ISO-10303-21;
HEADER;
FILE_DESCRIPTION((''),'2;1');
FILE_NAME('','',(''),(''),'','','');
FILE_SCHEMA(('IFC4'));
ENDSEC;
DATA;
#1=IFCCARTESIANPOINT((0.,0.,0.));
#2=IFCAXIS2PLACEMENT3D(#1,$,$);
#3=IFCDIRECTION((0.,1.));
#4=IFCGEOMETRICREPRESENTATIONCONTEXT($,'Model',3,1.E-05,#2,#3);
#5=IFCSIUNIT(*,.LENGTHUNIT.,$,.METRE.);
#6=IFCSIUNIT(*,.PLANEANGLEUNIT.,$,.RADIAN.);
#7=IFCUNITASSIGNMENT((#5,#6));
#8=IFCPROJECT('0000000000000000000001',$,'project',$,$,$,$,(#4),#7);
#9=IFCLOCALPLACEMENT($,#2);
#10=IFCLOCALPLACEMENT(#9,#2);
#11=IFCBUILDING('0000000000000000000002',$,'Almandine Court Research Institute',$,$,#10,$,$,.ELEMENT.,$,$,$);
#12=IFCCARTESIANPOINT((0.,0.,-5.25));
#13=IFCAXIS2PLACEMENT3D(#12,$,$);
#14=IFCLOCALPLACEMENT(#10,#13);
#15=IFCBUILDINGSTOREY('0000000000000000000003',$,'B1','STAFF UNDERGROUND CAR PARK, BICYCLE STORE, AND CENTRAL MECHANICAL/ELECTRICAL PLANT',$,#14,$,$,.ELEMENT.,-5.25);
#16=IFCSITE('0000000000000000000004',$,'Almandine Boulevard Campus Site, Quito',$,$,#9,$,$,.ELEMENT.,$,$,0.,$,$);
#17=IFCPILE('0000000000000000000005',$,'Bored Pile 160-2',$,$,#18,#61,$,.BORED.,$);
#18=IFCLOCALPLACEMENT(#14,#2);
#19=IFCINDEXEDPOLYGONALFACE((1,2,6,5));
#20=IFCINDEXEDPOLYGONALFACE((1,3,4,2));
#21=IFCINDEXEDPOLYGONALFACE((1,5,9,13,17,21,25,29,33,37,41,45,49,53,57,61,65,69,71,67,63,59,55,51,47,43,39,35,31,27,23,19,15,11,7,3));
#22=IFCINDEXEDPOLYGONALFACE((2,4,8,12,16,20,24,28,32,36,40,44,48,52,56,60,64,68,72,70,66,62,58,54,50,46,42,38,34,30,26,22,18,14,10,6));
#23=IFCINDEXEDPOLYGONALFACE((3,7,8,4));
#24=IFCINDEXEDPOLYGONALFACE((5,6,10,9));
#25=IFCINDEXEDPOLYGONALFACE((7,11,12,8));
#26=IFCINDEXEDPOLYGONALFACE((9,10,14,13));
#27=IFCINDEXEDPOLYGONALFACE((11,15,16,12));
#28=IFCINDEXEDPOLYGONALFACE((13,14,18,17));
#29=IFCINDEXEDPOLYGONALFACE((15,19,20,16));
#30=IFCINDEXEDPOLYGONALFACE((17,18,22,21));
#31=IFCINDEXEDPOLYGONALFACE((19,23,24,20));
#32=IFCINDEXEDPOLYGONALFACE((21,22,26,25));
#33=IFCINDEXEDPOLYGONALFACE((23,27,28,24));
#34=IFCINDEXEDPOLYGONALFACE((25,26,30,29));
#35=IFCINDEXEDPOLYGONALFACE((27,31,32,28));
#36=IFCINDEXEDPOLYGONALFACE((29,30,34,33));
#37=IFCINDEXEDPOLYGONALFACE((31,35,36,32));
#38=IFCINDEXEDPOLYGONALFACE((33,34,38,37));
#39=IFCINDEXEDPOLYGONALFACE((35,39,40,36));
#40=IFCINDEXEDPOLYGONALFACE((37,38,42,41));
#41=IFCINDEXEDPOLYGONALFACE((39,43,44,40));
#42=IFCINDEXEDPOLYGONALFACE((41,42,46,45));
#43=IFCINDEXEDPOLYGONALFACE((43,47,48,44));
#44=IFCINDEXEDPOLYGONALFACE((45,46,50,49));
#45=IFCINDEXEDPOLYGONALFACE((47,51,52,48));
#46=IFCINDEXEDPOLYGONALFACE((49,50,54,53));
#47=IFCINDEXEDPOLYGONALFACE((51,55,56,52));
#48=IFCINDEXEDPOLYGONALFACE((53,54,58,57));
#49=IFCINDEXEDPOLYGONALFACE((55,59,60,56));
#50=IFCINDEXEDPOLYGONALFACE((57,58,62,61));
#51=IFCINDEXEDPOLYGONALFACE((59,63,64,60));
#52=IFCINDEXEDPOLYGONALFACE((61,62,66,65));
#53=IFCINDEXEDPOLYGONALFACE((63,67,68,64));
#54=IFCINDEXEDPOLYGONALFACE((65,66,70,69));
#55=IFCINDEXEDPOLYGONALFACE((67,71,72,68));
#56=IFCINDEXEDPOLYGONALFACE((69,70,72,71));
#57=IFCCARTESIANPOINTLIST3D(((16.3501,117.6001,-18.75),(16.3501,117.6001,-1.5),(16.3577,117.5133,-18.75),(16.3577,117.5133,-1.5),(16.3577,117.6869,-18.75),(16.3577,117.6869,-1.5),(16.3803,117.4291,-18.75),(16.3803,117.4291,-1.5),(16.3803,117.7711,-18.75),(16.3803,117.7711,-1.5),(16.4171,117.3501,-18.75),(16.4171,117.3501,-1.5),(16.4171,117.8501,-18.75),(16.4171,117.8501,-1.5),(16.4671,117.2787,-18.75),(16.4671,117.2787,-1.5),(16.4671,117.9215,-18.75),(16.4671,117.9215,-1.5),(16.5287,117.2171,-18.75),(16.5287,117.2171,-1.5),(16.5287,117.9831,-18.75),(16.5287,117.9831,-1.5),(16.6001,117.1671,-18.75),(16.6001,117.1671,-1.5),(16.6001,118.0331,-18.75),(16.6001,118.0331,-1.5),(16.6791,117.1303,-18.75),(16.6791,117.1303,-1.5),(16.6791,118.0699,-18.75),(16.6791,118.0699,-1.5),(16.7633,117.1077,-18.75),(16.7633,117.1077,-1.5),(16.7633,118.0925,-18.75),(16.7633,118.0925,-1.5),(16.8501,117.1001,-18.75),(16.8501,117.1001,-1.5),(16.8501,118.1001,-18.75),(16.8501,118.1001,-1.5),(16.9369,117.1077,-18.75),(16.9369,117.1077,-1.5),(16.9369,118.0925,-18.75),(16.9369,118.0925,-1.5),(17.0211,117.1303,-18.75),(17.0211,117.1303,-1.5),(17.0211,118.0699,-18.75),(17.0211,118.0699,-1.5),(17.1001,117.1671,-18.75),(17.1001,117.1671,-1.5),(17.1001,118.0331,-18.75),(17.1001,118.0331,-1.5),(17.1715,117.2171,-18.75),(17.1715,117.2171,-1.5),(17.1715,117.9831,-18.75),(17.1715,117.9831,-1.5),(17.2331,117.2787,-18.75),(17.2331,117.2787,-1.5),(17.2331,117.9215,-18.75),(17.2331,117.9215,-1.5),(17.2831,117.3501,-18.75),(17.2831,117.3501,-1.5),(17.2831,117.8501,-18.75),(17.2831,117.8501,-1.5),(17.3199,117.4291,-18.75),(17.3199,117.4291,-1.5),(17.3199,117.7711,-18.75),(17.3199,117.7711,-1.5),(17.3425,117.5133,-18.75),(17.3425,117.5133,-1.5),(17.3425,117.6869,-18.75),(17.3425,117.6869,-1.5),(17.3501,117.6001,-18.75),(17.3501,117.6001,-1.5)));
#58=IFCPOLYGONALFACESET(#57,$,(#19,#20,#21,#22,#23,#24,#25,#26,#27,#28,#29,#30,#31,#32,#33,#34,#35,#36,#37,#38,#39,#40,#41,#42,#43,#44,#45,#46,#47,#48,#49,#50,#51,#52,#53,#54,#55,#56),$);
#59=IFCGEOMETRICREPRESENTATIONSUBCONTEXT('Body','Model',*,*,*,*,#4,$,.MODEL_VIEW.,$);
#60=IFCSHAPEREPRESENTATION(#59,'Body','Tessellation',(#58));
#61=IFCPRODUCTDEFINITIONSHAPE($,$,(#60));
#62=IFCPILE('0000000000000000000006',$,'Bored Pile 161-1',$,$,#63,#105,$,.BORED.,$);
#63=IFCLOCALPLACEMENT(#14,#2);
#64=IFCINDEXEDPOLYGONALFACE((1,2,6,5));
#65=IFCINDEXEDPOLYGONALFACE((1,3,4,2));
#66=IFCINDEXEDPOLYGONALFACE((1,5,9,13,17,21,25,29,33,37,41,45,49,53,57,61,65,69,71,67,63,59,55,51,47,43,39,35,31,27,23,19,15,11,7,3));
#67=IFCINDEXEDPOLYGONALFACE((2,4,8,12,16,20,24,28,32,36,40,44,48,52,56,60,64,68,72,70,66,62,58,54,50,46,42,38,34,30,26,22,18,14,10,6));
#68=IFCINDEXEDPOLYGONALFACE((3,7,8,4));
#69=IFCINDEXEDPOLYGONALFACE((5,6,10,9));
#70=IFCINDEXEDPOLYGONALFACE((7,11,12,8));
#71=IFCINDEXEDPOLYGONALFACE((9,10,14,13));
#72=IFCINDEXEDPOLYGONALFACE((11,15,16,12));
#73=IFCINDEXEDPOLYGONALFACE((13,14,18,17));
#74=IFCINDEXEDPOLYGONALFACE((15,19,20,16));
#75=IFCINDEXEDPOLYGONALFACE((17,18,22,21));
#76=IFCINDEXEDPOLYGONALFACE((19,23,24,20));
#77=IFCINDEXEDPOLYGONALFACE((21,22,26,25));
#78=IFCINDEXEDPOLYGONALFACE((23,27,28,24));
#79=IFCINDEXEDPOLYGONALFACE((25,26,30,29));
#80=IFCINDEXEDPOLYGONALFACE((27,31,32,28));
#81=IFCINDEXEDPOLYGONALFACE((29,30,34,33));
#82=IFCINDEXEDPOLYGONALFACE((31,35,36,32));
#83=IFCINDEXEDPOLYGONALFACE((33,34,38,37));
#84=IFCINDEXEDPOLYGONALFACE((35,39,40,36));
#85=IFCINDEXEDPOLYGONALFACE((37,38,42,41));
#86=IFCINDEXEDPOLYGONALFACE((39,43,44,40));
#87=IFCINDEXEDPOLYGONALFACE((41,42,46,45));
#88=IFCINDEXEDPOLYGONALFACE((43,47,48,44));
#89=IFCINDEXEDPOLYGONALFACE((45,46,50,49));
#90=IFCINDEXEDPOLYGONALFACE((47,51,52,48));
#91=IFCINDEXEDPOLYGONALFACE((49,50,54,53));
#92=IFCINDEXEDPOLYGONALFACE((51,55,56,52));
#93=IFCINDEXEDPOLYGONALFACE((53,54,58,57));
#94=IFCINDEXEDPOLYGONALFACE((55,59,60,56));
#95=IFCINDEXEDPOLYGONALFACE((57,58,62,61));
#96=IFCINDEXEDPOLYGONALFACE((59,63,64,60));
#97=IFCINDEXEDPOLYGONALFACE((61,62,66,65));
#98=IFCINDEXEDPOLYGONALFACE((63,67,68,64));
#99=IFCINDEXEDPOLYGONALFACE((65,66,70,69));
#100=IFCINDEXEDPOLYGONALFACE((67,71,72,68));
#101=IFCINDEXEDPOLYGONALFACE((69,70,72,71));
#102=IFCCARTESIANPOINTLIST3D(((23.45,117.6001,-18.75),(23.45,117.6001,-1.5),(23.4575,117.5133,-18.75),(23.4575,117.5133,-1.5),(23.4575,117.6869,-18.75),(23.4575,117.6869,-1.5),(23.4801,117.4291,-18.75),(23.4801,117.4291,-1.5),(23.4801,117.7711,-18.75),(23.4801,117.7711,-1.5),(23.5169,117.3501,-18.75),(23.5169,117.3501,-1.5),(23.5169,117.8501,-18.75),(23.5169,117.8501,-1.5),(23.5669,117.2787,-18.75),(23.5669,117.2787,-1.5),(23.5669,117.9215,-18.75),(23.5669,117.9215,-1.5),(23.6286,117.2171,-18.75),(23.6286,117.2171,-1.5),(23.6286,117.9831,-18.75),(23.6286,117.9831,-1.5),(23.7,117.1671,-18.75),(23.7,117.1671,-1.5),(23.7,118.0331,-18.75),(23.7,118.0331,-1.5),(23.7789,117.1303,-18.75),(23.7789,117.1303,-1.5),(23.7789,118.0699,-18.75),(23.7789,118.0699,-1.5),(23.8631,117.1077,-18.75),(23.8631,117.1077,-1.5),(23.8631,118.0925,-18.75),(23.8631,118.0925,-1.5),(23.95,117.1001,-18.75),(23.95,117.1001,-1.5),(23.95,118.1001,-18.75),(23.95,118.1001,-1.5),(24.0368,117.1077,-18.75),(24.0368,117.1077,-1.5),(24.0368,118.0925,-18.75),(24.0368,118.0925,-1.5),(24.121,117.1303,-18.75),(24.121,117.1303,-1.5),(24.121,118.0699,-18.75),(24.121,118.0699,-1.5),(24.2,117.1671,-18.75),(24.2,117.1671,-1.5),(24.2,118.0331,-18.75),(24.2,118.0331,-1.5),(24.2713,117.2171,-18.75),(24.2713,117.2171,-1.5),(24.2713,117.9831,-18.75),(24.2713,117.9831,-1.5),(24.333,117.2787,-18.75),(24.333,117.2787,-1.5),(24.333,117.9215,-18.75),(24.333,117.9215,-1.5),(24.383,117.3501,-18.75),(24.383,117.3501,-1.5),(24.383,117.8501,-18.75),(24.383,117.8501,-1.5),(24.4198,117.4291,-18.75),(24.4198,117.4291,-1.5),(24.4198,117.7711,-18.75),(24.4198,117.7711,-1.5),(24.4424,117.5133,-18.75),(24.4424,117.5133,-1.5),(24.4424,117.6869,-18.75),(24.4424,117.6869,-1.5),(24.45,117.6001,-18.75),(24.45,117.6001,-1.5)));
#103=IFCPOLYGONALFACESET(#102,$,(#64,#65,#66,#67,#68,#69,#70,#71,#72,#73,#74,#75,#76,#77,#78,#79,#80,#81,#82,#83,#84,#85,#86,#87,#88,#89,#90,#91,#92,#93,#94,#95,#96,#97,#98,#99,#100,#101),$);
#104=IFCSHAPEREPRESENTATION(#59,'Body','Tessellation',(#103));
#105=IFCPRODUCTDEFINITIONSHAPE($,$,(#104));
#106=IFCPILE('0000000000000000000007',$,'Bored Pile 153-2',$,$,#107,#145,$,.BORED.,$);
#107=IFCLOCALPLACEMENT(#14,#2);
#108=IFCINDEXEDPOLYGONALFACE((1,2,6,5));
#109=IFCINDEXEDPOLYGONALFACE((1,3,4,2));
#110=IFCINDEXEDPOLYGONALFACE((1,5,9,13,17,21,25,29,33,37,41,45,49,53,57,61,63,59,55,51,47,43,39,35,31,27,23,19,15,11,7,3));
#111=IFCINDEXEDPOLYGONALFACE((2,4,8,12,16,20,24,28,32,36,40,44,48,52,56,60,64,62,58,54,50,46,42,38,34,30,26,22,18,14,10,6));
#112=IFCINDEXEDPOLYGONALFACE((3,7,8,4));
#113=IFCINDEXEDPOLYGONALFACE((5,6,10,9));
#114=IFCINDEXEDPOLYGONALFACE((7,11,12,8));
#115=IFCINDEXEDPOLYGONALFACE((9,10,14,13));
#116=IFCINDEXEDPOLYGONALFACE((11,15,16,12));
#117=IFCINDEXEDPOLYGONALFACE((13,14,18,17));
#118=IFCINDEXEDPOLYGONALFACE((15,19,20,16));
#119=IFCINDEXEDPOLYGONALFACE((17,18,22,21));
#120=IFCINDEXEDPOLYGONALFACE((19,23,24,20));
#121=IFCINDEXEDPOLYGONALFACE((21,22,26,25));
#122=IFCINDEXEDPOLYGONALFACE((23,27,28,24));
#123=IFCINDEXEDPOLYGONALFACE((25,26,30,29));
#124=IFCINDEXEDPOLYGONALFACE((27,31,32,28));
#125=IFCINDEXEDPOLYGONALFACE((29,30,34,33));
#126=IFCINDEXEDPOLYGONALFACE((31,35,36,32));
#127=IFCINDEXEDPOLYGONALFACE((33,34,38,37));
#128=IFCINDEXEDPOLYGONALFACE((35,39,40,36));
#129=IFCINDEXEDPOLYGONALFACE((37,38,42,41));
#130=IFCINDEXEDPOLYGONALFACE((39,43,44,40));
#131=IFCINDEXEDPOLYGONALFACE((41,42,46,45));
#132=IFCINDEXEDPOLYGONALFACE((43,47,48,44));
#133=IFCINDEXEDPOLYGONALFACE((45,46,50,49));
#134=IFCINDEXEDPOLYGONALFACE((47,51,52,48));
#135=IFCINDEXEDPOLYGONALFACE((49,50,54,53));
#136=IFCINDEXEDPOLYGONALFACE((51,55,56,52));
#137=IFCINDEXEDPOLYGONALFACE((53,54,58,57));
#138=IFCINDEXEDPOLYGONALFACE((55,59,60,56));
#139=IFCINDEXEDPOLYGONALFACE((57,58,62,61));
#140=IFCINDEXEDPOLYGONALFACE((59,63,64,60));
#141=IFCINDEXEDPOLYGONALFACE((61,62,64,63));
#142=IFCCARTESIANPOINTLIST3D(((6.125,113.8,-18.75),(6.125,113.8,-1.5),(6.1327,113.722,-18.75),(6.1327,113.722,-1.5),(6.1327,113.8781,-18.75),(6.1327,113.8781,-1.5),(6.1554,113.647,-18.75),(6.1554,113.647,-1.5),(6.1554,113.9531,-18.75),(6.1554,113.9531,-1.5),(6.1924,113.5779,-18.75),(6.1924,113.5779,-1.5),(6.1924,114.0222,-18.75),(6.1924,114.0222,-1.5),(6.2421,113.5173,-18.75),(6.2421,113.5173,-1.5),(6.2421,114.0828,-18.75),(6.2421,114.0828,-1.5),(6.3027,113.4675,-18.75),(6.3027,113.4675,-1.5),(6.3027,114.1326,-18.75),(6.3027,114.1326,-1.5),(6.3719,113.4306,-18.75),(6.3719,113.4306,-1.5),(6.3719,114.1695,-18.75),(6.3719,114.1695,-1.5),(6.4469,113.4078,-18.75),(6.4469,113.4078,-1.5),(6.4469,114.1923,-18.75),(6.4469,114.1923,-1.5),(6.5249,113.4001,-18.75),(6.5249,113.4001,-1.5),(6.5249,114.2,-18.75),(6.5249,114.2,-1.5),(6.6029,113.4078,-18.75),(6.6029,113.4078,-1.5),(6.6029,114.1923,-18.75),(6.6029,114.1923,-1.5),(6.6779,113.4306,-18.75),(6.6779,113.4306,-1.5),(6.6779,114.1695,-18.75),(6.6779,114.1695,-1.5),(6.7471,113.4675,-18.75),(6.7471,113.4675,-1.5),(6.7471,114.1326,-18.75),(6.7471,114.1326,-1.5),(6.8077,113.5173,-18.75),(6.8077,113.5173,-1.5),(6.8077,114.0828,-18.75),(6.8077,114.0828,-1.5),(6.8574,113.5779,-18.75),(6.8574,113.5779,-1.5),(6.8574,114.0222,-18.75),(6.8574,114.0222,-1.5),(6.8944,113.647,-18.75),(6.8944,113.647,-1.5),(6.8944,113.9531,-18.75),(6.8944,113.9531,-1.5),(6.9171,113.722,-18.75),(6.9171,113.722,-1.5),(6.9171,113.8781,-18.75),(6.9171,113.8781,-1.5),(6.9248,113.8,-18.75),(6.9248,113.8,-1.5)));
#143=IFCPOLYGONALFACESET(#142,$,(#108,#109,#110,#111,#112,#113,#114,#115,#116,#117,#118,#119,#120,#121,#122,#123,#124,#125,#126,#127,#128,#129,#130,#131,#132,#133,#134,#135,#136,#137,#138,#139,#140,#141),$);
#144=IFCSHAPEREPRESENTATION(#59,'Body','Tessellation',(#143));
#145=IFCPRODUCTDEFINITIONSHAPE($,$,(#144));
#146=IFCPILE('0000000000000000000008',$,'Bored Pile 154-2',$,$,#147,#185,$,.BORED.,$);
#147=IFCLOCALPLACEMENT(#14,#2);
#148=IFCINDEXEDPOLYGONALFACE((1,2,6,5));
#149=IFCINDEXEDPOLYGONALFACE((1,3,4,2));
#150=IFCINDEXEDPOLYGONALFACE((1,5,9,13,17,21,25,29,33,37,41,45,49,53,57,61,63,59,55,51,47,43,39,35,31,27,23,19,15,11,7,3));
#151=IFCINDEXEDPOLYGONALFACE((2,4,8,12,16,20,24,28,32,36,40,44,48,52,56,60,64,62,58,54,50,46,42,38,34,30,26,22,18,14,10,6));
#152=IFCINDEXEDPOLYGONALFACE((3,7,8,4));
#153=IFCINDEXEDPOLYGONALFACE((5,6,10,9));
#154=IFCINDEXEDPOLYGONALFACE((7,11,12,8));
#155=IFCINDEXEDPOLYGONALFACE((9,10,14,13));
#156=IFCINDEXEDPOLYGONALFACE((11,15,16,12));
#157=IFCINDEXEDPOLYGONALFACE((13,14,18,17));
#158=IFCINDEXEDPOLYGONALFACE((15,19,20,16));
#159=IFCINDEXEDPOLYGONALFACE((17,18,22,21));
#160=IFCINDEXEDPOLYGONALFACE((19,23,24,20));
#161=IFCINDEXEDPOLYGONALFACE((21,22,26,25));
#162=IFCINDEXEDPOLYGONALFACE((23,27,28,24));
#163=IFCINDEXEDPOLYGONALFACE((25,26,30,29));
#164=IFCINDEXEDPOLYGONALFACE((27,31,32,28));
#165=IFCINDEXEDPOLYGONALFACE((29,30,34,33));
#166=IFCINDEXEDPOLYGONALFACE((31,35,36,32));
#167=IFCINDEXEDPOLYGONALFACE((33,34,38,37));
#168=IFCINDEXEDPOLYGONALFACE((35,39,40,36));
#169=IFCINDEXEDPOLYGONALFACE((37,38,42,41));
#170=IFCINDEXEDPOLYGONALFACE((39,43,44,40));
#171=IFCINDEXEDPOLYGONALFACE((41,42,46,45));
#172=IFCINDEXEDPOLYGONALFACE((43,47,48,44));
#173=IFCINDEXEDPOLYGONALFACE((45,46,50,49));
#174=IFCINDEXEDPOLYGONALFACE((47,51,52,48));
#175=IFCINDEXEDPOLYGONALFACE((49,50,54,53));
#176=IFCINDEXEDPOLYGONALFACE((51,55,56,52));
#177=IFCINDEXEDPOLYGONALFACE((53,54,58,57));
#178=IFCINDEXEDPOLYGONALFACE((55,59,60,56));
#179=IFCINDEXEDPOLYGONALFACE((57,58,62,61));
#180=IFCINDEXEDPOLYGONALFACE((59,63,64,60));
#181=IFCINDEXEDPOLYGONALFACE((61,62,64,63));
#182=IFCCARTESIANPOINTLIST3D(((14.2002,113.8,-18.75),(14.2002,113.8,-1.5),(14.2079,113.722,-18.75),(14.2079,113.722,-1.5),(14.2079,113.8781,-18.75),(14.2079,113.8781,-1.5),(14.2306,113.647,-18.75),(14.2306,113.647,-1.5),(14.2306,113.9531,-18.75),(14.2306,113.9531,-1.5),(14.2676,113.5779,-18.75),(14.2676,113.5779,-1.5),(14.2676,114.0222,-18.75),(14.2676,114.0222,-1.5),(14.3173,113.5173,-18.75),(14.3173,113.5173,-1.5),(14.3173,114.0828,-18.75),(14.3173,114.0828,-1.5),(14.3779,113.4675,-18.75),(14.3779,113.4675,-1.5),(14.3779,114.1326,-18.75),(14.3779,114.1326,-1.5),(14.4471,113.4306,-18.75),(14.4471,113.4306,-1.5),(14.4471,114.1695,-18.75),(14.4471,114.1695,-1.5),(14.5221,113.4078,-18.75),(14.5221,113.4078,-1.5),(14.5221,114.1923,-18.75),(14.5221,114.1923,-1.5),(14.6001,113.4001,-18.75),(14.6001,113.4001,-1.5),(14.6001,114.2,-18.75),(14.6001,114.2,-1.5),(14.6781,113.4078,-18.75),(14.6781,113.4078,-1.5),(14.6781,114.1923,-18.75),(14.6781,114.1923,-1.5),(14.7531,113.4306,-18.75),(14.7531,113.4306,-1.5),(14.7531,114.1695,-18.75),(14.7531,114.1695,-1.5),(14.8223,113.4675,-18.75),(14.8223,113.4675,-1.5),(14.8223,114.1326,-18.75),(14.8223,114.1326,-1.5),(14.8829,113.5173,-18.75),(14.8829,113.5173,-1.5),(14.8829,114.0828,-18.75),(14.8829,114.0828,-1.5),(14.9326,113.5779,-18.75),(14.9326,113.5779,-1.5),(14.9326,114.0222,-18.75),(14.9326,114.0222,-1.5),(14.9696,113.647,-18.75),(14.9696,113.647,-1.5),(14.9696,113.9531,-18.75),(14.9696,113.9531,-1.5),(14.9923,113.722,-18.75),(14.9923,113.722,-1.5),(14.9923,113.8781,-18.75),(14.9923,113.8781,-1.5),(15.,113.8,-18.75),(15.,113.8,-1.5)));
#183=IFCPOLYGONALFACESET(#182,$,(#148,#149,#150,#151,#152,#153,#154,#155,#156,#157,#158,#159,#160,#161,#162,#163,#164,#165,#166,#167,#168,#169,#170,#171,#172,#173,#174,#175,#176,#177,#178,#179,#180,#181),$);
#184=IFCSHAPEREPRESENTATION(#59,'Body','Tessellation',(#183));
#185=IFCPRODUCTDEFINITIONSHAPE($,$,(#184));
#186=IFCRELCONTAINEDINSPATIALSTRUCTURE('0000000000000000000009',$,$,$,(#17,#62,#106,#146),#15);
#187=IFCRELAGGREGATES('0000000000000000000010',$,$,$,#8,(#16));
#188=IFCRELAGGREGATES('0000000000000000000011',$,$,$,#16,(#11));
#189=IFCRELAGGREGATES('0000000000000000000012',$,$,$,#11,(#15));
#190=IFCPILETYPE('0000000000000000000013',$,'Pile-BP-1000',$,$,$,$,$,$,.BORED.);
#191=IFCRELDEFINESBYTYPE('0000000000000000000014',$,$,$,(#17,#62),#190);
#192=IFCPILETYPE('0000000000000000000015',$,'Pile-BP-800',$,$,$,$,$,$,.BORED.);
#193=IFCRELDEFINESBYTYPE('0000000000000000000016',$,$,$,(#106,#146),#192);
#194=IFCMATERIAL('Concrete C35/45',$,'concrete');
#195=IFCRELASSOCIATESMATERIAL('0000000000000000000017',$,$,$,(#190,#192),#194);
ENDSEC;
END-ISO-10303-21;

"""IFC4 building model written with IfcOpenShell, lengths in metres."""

from ifc_helpers import new_model, si_unit, direction, frame, origin, origin_2d, place, context, subcontext, project, spatial, circle, extrude, material, material_profile, profile_set, type_object, element, save


model = new_model("IFC4")

# Units and contexts
model_context = context("Model", 3, precision=1e-05, world=origin(), true_north=direction((0.0, 1.0)))
body_context = subcontext(model_context, "Body", "Model", "MODEL_VIEW")
ifc_project = project(units=[si_unit("LENGTHUNIT", "METRE"), si_unit("PLANEANGLEUNIT", "RADIAN")], contexts=[model_context])

# Site, building, storey
site_placement = place(None, origin())
site = spatial("IfcSite", under=ifc_project, at=site_placement, Name="Almandine Boulevard Campus Site, Quito", CompositionType="ELEMENT", RefElevation=0.0)
building_placement = place(site_placement, origin())
building = spatial("IfcBuilding", under=site, at=building_placement, Name="Almandine Court Research Institute", CompositionType="ELEMENT")
storey_placement = place(building_placement, frame((0.0, 0.0, -5.25)))
storey = spatial("IfcBuildingStorey", under=building, at=storey_placement, Name="B1", Description="STAFF UNDERGROUND CAR PARK, BICYCLE STORE, AND CENTRAL MECHANICAL/ELECTRICAL PLANT", CompositionType="ELEMENT", Elevation=-5.25)

# Shared definitions
ifc_material_1 = material(Name="Concrete C35/45", Category="concrete")

# Piles
ifc_material_profile_1 = material_profile(ifc_material_1, circle(Radius=0.5, at=origin_2d()), Name="BORED PILE D1000")
ifc_profile_set_1 = profile_set([ifc_material_profile_1], Name="Concrete C35/45")
pile_type_1 = type_object("IfcPileType", Name="Pile-BP-1000", PredefinedType="BORED", material=ifc_profile_set_1)
for number, where, z_axis, x_axis, name in (
    (1, (16.8501, 117.6001, -1.5), (0.0, 0.0, -1.0), (1.0, 0.0, 0.0), "Bored Pile 160-2"),
    (2, (23.95, 117.6001, -1.5), (0.0, 0.0, -1.0), (1.0, 0.0, 0.0), "Bored Pile 161-1"),
):
    element("IfcPile", number, at=place(storey_placement, frame(where, z_axis=z_axis, x_axis=x_axis)), inside=storey, type_object=pile_type_1, Name=name, PredefinedType="BORED", context=body_context, shape_type="SweptSolid", body=[
        extrude(circle(Radius=0.5, at=origin_2d()), origin(), (0.0, 0.0, 1.0), 17.25),
    ])
ifc_material_profile_2 = material_profile(ifc_material_1, circle(Radius=0.3999, at=origin_2d()), Name="BORED PILE D800")
ifc_profile_set_2 = profile_set([ifc_material_profile_2], Name="Concrete C35/45")
pile_type_2 = type_object("IfcPileType", Name="Pile-BP-800", PredefinedType="BORED", material=ifc_profile_set_2)
for number, where, z_axis, x_axis, name in (
    (3, (6.5249, 113.8, -1.5), (0.0, 0.0, -1.0), (1.0, 0.0, 0.0), "Bored Pile 153-2"),
    (4, (14.6001, 113.8, -1.5), (0.0, 0.0, -1.0), (1.0, 0.0, 0.0), "Bored Pile 154-2"),
):
    element("IfcPile", number, at=place(storey_placement, frame(where, z_axis=z_axis, x_axis=x_axis)), inside=storey, type_object=pile_type_2, Name=name, PredefinedType="BORED", context=body_context, shape_type="SweptSolid", body=[
        extrude(circle(Radius=0.3999, at=origin_2d()), origin(), (0.0, 0.0, 1.0), 17.25),
    ])

save(model, "model.ifc")
